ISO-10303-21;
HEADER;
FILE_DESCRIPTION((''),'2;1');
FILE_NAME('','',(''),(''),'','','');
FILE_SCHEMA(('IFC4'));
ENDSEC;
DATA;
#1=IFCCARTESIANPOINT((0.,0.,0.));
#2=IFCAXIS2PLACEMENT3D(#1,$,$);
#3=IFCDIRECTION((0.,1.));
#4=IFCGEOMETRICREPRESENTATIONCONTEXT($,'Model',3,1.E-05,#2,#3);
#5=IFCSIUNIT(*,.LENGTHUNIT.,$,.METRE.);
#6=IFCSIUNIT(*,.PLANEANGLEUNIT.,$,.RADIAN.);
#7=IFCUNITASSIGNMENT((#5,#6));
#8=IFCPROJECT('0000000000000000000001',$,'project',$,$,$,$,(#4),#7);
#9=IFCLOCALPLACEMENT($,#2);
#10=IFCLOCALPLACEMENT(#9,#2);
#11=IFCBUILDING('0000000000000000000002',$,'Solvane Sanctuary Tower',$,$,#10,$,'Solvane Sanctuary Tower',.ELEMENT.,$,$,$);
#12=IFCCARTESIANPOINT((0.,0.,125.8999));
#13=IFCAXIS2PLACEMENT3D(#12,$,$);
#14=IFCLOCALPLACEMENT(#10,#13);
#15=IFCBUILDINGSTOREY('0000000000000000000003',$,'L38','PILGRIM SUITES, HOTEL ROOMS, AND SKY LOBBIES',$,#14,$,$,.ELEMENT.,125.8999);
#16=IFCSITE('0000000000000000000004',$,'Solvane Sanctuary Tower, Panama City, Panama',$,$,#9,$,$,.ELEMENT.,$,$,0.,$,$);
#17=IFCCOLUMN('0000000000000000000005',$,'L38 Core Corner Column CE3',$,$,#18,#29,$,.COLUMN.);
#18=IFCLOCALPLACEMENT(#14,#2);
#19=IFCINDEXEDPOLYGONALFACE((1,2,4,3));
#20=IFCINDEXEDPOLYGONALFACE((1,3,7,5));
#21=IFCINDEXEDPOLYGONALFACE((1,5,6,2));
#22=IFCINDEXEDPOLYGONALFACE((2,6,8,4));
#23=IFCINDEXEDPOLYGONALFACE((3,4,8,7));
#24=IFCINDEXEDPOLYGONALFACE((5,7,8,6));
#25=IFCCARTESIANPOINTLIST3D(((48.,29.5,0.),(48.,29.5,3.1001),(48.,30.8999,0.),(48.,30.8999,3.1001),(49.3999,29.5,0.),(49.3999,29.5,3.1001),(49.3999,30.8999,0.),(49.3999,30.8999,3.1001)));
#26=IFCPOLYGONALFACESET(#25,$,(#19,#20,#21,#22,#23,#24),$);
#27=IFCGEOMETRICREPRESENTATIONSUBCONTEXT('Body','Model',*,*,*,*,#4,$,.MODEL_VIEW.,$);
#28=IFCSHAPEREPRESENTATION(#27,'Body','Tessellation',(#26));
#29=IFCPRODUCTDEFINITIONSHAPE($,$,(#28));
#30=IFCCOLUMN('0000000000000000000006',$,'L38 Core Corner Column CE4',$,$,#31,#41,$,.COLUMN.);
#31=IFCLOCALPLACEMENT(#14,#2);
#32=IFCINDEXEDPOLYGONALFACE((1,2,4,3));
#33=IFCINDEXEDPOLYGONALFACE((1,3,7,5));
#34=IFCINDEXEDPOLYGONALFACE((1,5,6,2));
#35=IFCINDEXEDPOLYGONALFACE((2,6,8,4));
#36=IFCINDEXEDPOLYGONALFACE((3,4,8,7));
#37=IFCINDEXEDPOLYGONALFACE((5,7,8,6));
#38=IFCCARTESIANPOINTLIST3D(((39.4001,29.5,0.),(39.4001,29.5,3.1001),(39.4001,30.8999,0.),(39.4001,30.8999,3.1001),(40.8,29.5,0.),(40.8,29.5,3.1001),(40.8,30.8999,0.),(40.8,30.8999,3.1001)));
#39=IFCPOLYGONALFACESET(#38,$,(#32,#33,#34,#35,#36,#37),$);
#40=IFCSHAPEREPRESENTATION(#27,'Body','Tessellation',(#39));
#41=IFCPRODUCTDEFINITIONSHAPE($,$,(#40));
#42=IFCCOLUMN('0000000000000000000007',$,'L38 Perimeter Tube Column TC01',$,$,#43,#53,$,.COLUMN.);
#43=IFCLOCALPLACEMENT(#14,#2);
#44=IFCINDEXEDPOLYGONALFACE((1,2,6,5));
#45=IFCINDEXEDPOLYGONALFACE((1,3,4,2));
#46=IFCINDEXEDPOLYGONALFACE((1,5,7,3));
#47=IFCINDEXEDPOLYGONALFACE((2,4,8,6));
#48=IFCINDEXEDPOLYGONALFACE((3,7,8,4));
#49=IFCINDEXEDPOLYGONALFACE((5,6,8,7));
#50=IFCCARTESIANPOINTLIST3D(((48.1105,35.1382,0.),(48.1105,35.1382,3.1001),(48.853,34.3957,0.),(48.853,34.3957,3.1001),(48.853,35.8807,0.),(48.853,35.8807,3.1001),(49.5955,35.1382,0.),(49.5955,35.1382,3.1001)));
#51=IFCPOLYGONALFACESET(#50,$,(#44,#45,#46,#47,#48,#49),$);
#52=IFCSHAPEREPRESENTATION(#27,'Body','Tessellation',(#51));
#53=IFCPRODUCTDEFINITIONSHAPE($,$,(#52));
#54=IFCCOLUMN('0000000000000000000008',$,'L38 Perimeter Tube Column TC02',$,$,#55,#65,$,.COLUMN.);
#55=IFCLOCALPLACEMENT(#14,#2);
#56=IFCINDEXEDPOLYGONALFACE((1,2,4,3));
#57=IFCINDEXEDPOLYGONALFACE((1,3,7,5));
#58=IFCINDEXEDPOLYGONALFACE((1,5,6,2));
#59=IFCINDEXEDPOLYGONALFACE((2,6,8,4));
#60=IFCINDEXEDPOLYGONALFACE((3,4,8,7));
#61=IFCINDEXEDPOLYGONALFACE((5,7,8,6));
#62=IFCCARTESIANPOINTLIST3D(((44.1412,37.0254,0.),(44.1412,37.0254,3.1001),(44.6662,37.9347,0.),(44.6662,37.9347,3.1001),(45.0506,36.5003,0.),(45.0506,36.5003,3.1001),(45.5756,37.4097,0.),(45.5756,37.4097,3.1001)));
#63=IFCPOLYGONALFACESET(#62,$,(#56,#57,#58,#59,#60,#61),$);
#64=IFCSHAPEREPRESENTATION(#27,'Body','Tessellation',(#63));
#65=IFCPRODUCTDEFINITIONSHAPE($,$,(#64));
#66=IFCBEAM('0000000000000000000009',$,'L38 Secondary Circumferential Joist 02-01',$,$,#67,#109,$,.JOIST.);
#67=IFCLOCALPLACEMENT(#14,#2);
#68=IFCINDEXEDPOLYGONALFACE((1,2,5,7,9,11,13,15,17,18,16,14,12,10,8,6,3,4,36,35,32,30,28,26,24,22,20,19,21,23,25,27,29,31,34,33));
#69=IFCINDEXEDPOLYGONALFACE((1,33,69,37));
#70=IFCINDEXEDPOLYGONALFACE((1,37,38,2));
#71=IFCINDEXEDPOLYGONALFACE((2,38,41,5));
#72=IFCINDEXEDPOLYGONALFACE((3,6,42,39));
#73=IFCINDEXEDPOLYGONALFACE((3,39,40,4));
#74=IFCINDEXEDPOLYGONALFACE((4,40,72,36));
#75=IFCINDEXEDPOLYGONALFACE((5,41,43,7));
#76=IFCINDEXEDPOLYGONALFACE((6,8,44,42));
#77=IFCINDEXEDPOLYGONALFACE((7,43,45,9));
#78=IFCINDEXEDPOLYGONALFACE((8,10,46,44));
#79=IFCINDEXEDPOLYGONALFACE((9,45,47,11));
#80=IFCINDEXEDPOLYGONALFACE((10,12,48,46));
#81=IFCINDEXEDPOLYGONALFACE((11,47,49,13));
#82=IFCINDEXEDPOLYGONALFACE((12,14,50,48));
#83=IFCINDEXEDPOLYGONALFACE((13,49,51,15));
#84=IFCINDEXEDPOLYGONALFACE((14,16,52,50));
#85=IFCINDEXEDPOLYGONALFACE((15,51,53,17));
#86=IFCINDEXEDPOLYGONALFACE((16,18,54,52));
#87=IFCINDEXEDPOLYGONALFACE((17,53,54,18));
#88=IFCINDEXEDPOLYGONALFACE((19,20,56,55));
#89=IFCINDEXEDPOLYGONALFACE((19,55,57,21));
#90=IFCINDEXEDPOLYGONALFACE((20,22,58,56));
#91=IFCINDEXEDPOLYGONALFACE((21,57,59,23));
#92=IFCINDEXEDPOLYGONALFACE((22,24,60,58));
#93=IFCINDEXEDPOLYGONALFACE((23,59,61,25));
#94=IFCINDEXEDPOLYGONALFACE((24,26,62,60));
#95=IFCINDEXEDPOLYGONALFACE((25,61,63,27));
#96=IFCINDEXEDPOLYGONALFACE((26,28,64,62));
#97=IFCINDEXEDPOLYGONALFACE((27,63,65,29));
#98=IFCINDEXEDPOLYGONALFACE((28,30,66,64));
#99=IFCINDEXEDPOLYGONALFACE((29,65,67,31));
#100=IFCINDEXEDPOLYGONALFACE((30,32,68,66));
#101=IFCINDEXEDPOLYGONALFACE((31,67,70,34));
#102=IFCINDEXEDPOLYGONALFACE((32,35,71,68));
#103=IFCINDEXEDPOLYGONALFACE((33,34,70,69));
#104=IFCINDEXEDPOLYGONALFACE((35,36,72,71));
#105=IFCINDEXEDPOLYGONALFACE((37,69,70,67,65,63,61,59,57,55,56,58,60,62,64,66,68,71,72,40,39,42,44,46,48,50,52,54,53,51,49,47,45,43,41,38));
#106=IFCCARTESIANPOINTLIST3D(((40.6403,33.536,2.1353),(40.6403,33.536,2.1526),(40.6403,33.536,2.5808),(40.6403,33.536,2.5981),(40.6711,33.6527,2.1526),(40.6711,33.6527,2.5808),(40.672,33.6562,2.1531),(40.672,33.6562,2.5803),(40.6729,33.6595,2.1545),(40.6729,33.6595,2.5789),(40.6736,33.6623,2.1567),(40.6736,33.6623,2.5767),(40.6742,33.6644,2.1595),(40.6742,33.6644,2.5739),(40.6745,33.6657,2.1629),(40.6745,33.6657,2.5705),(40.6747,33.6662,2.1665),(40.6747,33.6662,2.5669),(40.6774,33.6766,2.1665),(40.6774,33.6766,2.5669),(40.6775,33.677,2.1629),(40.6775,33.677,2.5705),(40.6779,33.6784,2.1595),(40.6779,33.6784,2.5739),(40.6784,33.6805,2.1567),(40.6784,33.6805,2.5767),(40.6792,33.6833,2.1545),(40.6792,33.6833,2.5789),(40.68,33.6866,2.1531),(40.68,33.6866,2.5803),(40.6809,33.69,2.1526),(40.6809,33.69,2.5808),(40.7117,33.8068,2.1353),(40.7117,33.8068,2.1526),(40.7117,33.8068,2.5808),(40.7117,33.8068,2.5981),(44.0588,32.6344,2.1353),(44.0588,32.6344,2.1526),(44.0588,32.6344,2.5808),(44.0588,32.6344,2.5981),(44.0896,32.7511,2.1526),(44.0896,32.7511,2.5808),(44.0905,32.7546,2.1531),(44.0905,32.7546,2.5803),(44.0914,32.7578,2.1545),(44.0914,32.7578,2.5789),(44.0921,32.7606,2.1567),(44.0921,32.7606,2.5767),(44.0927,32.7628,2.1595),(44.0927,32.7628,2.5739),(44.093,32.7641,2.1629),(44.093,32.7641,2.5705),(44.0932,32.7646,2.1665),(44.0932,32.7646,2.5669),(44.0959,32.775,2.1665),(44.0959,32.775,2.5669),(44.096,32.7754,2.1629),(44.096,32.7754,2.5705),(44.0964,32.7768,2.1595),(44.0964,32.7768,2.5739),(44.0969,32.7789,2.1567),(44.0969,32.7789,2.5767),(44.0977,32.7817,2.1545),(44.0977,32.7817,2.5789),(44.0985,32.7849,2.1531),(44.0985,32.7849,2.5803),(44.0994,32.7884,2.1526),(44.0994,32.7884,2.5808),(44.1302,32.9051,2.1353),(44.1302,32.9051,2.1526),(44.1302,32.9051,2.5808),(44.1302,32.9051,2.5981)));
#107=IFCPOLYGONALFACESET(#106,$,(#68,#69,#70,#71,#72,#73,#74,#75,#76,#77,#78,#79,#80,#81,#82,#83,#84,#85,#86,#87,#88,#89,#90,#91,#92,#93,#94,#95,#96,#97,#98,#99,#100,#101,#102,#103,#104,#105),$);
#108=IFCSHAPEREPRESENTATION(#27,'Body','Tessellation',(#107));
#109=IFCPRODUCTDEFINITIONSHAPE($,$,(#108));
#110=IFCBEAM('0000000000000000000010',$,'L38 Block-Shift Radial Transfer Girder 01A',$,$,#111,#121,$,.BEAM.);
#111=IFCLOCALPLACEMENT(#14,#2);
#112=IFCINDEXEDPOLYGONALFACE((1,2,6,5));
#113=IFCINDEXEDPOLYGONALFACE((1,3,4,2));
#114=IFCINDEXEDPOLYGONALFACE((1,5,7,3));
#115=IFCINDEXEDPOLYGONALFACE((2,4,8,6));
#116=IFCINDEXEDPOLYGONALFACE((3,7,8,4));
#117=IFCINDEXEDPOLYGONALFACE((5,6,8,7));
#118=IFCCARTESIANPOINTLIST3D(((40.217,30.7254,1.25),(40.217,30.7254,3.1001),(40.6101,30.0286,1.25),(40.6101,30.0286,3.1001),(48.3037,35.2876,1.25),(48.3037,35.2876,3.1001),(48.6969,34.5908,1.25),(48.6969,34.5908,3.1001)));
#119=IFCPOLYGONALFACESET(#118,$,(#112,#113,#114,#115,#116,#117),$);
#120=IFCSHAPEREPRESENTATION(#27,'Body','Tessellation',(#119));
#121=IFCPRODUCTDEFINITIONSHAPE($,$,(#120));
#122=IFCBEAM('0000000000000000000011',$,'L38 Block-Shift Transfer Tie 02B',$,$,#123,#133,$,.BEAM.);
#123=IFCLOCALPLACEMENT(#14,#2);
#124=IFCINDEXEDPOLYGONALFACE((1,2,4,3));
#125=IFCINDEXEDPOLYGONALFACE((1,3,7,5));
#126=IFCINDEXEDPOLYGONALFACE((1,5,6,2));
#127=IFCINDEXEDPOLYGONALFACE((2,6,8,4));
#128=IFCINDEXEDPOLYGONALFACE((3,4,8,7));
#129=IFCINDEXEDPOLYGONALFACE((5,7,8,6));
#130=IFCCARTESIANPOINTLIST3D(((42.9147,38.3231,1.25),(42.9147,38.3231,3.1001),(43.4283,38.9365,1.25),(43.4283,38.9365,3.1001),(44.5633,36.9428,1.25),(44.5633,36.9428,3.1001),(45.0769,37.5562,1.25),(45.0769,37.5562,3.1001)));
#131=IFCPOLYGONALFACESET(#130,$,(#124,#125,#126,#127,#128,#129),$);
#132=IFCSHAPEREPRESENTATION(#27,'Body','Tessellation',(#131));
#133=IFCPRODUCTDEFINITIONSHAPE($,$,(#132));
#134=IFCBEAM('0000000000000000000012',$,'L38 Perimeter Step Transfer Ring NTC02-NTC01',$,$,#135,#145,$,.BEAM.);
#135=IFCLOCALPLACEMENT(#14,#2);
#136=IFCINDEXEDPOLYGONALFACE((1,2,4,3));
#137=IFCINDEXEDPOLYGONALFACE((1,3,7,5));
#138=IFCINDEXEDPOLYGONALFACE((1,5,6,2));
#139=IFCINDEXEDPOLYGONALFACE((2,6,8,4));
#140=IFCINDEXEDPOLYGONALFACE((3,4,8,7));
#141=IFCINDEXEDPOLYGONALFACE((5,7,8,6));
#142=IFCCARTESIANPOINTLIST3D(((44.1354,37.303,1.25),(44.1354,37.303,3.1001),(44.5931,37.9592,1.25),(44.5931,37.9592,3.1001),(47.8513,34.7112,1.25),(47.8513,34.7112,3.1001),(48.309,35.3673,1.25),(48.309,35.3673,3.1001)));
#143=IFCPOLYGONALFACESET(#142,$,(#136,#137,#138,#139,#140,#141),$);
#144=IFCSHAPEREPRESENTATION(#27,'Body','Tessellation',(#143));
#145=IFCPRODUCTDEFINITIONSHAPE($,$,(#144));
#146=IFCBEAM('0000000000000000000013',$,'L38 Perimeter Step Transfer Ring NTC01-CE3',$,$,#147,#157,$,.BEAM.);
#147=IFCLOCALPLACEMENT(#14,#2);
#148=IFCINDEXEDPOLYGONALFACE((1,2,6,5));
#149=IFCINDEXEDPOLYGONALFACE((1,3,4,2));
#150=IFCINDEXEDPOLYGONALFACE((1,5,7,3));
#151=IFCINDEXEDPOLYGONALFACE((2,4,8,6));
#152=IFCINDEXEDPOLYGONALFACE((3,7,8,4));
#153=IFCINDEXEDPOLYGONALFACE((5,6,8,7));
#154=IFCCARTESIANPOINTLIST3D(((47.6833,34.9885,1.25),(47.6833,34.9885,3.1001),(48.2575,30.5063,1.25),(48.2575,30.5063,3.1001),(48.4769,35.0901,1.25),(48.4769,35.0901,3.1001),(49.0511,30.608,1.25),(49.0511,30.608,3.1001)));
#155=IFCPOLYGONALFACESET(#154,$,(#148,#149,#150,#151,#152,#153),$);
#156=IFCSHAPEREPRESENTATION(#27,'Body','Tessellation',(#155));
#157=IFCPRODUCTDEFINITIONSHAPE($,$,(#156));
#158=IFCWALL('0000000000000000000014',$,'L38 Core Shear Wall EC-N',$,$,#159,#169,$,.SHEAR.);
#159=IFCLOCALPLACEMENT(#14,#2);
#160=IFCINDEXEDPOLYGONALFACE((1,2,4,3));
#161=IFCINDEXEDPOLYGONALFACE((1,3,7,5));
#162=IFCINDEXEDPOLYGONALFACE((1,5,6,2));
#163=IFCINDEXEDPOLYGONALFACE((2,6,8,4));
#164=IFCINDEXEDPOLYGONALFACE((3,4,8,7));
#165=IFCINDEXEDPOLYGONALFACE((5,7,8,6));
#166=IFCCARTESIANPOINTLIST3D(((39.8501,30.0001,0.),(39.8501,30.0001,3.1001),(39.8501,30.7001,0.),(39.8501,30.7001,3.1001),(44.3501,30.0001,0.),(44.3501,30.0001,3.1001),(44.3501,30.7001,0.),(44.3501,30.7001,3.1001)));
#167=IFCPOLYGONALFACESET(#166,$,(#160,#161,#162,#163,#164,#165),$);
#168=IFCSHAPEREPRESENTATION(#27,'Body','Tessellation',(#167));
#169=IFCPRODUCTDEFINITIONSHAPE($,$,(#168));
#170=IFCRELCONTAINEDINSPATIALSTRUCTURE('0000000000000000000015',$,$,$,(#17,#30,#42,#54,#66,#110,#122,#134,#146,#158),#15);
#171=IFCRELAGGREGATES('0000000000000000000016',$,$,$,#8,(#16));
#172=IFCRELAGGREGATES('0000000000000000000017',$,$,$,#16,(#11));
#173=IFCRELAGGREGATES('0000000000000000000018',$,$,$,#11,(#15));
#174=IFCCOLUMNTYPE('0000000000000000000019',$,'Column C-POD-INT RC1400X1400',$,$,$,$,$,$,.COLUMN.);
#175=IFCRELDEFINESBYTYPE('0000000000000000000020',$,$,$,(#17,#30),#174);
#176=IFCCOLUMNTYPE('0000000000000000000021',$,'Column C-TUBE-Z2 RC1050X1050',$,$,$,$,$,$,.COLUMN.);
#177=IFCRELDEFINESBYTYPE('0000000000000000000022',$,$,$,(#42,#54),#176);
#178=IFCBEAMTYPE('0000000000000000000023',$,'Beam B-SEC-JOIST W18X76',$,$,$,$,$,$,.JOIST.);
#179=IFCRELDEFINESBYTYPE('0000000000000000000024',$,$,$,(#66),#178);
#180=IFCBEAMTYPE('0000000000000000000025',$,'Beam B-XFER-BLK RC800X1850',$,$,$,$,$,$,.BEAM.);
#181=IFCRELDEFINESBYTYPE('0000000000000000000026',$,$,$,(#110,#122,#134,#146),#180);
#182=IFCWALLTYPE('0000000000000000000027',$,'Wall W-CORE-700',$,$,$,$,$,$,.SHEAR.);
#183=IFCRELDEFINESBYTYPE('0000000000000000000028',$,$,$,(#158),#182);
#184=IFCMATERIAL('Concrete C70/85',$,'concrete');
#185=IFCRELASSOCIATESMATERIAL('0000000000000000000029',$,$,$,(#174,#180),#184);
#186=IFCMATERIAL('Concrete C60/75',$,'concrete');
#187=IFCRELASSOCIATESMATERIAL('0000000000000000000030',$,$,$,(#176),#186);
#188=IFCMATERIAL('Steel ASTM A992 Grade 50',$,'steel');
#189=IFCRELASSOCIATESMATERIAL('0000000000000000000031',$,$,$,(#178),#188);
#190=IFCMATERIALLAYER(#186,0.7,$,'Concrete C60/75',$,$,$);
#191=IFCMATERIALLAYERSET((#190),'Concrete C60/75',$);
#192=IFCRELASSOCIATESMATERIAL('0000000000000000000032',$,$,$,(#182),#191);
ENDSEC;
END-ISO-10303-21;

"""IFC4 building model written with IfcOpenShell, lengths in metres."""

from ifc_helpers import new_model, si_unit, direction, frame, frame_2d, origin, origin_2d, place, context, subcontext, project, spatial, rectangle, i_section, extrude, material, layer, layer_set, material_profile, profile_set, type_object, element, save


model = new_model("IFC4")

# Units and contexts
model_context = context("Model", 3, precision=1e-05, world=origin(), true_north=direction((0.0, 1.0)))
body_context = subcontext(model_context, "Body", "Model", "MODEL_VIEW")
ifc_project = project(units=[si_unit("LENGTHUNIT", "METRE"), si_unit("PLANEANGLEUNIT", "RADIAN")], contexts=[model_context])

# Site, building, storey
site_placement = place(None, origin())
site = spatial("IfcSite", under=ifc_project, at=site_placement, Name="Solvane Sanctuary Tower, Panama City, Panama", CompositionType="ELEMENT", RefElevation=0.0)
building_placement = place(site_placement, origin())
building = spatial("IfcBuilding", under=site, at=building_placement, Name="Solvane Sanctuary Tower", LongName="Solvane Sanctuary Tower", CompositionType="ELEMENT")
storey_placement = place(building_placement, frame((0.0, 0.0, 125.8999)))
storey = spatial("IfcBuildingStorey", under=building, at=storey_placement, Name="L38", Description="PILGRIM SUITES, HOTEL ROOMS, AND SKY LOBBIES", CompositionType="ELEMENT", Elevation=125.8999)

# Columns
ifc_material_1 = material(Name="Concrete C70/85", Category="concrete")
ifc_material_profile_1 = material_profile(ifc_material_1, rectangle(XDim=1.3999, YDim=1.3999, at=origin_2d()), Name="RC1400X1400")
ifc_profile_set_1 = profile_set([ifc_material_profile_1], Name="Concrete C70/85")
column_type_1 = type_object("IfcColumnType", Name="Column C-POD-INT RC1400X1400", PredefinedType="COLUMN", material=ifc_profile_set_1)
for number, where, z_axis, x_axis, name in (
    (1, (48.7, 30.2, 0.0), (0.0, 0.0, 1.0), (1.0, 0.0, 0.0), "L38 Core Corner Column CE3"),
    (2, (40.1001, 30.2, 0.0), (0.0, 0.0, 1.0), (1.0, 0.0, 0.0), "L38 Core Corner Column CE4"),
):
    element("IfcColumn", number, at=place(storey_placement, frame(where, z_axis=z_axis, x_axis=x_axis)), inside=storey, type_object=column_type_1, Name=name, PredefinedType="COLUMN", context=body_context, shape_type="SweptSolid", body=[
        extrude(rectangle(XDim=1.3999, YDim=1.3999, at=origin_2d()), origin(), (0.0, 0.0, 1.0), 3.1001),
    ])
ifc_material_2 = material(Name="Concrete C60/75", Category="concrete")
ifc_material_profile_2 = material_profile(ifc_material_2, rectangle(XDim=1.05, YDim=1.05, at=origin_2d()), Name="RC1050X1050")
ifc_profile_set_2 = profile_set([ifc_material_profile_2], Name="Concrete C60/75")
column_type_2 = type_object("IfcColumnType", Name="Column C-TUBE-Z2 RC1050X1050", PredefinedType="COLUMN", material=ifc_profile_set_2)
for number, where, z_axis, x_axis, name in (
    (3, (48.853, 35.1382, 0.0), (0.0, 0.0, 1.0), (0.707107, 0.707107, 0.0), "L38 Perimeter Tube Column TC01"),
    (4, (44.8584, 37.2175, 0.0), (0.0, 0.0, 1.0), (0.5, 0.866025, 0.0), "L38 Perimeter Tube Column TC02"),
):
    element("IfcColumn", number, at=place(storey_placement, frame(where, z_axis=z_axis, x_axis=x_axis)), inside=storey, type_object=column_type_2, Name=name, PredefinedType="COLUMN", context=body_context, shape_type="SweptSolid", body=[
        extrude(rectangle(XDim=1.05, YDim=1.05, at=origin_2d()), origin(), (0.0, 0.0, 1.0), 3.1001),
    ])

# Beams
ifc_material_3 = material(Name="Steel ASTM A992 Grade 50", Category="steel")
ifc_material_profile_3 = material_profile(ifc_material_3, i_section(OverallWidth=0.28, OverallDepth=0.4629, WebThickness=0.0107, FlangeThickness=0.0173, FilletRadius=0.0139, at=origin_2d()), Name="W18X76")
ifc_profile_set_3 = profile_set([ifc_material_profile_3], Name="Steel ASTM A992 Grade 50")
beam_type_1 = type_object("IfcBeamType", Name="Beam B-SEC-JOIST W18X76", PredefinedType="JOIST", material=ifc_profile_set_3)
beam_1_placement = place(storey_placement, frame((40.676, 33.6714, 2.3667), z_axis=(0.966934, -0.255027, 0.0), x_axis=(0.255027, 0.966934, 0.0)))
element("IfcBeam", 5, at=beam_1_placement, inside=storey, type_object=beam_type_1, Name="L38 Secondary Circumferential Joist 02-01", PredefinedType="JOIST", context=body_context, shape_type="SweptSolid", body=[
    extrude(i_section(OverallWidth=0.28, OverallDepth=0.4629, WebThickness=0.0107, FlangeThickness=0.0173, FilletRadius=0.0139, at=origin_2d()), origin(), (0.0, 0.0, 1.0), 3.5354),
])
ifc_material_profile_4 = material_profile(ifc_material_1, rectangle(XDim=0.8, YDim=1.8501, at=origin_2d()), Name="RC800X1850")
ifc_profile_set_4 = profile_set([ifc_material_profile_4], Name="Concrete C70/85")
beam_type_2 = type_object("IfcBeamType", Name="Beam B-XFER-BLK RC800X1850", PredefinedType="BEAM", material=ifc_profile_set_4)
beam_2_placement = place(storey_placement, frame((40.4136, 30.377, 2.175), z_axis=(0.870953, 0.491366, 0.0), x_axis=(-0.491366, 0.870953, 0.0)))
element("IfcBeam", 6, at=beam_2_placement, inside=storey, type_object=beam_type_2, Name="L38 Block-Shift Radial Transfer Girder 01A", PredefinedType="BEAM", context=body_context, shape_type="SweptSolid", body=[
    extrude(rectangle(XDim=0.8, YDim=1.8501, at=origin_2d()), origin(), (0.0, 0.0, 1.0), 9.2849),
])
beam_3_placement = place(storey_placement, frame((44.8201, 37.2495, 2.175), z_axis=(-0.766739, 0.641958, 0.0), x_axis=(-0.641958, -0.766739, 0.0)))
element("IfcBeam", 7, at=beam_3_placement, inside=storey, type_object=beam_type_2, Name="L38 Block-Shift Transfer Tie 02B", PredefinedType="BEAM", context=body_context, shape_type="SweptSolid", body=[
    extrude(rectangle(XDim=0.8, YDim=1.8501, at=origin_2d()), origin(), (0.0, 0.0, 1.0), 2.1501),
])
beam_4_placement = place(storey_placement, frame((44.3643, 37.6311, 2.175), z_axis=(0.820193, -0.572087, 0.0), x_axis=(0.572087, 0.820193, 0.0)))
element("IfcBeam", 8, at=beam_4_placement, inside=storey, type_object=beam_type_2, Name="L38 Perimeter Step Transfer Ring NTC02-NTC01", PredefinedType="BEAM", context=body_context, shape_type="SweptSolid", body=[
    extrude(rectangle(XDim=0.8, YDim=1.8501, at=origin_2d()), origin(), (0.0, 0.0, 1.0), 4.5305),
])
beam_5_placement = place(storey_placement, frame((48.0801, 35.0393, 2.175), z_axis=(0.127073, -0.991893, 0.0), x_axis=(0.991893, 0.127073, 0.0)))
element("IfcBeam", 9, at=beam_5_placement, inside=storey, type_object=beam_type_2, Name="L38 Perimeter Step Transfer Ring NTC01-CE3", PredefinedType="BEAM", context=body_context, shape_type="SweptSolid", body=[
    extrude(rectangle(XDim=0.8, YDim=1.8501, at=origin_2d()), origin(), (0.0, 0.0, 1.0), 4.5188),
])

# Wall
ifc_layer_1 = layer(ifc_material_2, 0.7, Name="Concrete C60/75")
ifc_layer_set_1 = layer_set([ifc_layer_1], Name="Concrete C60/75")
wall_type_1 = type_object("IfcWallType", Name="Wall W-CORE-700", PredefinedType="SHEAR", material=ifc_layer_set_1)
wall_1_placement = place(storey_placement, frame((39.8501, 30.3501, 0.0), z_axis=(0.0, 0.0, 1.0), x_axis=(1.0, 0.0, 0.0)))
element("IfcWall", 10, at=wall_1_placement, inside=storey, type_object=wall_type_1, Name="L38 Core Shear Wall EC-N", PredefinedType="SHEAR", context=body_context, shape_type="SweptSolid", body=[
    extrude(rectangle(XDim=4.5, YDim=0.7, at=frame_2d((2.25, 0.0))), origin(), (0.0, 0.0, 1.0), 3.1001),
])

save(model, "model.ifc")
